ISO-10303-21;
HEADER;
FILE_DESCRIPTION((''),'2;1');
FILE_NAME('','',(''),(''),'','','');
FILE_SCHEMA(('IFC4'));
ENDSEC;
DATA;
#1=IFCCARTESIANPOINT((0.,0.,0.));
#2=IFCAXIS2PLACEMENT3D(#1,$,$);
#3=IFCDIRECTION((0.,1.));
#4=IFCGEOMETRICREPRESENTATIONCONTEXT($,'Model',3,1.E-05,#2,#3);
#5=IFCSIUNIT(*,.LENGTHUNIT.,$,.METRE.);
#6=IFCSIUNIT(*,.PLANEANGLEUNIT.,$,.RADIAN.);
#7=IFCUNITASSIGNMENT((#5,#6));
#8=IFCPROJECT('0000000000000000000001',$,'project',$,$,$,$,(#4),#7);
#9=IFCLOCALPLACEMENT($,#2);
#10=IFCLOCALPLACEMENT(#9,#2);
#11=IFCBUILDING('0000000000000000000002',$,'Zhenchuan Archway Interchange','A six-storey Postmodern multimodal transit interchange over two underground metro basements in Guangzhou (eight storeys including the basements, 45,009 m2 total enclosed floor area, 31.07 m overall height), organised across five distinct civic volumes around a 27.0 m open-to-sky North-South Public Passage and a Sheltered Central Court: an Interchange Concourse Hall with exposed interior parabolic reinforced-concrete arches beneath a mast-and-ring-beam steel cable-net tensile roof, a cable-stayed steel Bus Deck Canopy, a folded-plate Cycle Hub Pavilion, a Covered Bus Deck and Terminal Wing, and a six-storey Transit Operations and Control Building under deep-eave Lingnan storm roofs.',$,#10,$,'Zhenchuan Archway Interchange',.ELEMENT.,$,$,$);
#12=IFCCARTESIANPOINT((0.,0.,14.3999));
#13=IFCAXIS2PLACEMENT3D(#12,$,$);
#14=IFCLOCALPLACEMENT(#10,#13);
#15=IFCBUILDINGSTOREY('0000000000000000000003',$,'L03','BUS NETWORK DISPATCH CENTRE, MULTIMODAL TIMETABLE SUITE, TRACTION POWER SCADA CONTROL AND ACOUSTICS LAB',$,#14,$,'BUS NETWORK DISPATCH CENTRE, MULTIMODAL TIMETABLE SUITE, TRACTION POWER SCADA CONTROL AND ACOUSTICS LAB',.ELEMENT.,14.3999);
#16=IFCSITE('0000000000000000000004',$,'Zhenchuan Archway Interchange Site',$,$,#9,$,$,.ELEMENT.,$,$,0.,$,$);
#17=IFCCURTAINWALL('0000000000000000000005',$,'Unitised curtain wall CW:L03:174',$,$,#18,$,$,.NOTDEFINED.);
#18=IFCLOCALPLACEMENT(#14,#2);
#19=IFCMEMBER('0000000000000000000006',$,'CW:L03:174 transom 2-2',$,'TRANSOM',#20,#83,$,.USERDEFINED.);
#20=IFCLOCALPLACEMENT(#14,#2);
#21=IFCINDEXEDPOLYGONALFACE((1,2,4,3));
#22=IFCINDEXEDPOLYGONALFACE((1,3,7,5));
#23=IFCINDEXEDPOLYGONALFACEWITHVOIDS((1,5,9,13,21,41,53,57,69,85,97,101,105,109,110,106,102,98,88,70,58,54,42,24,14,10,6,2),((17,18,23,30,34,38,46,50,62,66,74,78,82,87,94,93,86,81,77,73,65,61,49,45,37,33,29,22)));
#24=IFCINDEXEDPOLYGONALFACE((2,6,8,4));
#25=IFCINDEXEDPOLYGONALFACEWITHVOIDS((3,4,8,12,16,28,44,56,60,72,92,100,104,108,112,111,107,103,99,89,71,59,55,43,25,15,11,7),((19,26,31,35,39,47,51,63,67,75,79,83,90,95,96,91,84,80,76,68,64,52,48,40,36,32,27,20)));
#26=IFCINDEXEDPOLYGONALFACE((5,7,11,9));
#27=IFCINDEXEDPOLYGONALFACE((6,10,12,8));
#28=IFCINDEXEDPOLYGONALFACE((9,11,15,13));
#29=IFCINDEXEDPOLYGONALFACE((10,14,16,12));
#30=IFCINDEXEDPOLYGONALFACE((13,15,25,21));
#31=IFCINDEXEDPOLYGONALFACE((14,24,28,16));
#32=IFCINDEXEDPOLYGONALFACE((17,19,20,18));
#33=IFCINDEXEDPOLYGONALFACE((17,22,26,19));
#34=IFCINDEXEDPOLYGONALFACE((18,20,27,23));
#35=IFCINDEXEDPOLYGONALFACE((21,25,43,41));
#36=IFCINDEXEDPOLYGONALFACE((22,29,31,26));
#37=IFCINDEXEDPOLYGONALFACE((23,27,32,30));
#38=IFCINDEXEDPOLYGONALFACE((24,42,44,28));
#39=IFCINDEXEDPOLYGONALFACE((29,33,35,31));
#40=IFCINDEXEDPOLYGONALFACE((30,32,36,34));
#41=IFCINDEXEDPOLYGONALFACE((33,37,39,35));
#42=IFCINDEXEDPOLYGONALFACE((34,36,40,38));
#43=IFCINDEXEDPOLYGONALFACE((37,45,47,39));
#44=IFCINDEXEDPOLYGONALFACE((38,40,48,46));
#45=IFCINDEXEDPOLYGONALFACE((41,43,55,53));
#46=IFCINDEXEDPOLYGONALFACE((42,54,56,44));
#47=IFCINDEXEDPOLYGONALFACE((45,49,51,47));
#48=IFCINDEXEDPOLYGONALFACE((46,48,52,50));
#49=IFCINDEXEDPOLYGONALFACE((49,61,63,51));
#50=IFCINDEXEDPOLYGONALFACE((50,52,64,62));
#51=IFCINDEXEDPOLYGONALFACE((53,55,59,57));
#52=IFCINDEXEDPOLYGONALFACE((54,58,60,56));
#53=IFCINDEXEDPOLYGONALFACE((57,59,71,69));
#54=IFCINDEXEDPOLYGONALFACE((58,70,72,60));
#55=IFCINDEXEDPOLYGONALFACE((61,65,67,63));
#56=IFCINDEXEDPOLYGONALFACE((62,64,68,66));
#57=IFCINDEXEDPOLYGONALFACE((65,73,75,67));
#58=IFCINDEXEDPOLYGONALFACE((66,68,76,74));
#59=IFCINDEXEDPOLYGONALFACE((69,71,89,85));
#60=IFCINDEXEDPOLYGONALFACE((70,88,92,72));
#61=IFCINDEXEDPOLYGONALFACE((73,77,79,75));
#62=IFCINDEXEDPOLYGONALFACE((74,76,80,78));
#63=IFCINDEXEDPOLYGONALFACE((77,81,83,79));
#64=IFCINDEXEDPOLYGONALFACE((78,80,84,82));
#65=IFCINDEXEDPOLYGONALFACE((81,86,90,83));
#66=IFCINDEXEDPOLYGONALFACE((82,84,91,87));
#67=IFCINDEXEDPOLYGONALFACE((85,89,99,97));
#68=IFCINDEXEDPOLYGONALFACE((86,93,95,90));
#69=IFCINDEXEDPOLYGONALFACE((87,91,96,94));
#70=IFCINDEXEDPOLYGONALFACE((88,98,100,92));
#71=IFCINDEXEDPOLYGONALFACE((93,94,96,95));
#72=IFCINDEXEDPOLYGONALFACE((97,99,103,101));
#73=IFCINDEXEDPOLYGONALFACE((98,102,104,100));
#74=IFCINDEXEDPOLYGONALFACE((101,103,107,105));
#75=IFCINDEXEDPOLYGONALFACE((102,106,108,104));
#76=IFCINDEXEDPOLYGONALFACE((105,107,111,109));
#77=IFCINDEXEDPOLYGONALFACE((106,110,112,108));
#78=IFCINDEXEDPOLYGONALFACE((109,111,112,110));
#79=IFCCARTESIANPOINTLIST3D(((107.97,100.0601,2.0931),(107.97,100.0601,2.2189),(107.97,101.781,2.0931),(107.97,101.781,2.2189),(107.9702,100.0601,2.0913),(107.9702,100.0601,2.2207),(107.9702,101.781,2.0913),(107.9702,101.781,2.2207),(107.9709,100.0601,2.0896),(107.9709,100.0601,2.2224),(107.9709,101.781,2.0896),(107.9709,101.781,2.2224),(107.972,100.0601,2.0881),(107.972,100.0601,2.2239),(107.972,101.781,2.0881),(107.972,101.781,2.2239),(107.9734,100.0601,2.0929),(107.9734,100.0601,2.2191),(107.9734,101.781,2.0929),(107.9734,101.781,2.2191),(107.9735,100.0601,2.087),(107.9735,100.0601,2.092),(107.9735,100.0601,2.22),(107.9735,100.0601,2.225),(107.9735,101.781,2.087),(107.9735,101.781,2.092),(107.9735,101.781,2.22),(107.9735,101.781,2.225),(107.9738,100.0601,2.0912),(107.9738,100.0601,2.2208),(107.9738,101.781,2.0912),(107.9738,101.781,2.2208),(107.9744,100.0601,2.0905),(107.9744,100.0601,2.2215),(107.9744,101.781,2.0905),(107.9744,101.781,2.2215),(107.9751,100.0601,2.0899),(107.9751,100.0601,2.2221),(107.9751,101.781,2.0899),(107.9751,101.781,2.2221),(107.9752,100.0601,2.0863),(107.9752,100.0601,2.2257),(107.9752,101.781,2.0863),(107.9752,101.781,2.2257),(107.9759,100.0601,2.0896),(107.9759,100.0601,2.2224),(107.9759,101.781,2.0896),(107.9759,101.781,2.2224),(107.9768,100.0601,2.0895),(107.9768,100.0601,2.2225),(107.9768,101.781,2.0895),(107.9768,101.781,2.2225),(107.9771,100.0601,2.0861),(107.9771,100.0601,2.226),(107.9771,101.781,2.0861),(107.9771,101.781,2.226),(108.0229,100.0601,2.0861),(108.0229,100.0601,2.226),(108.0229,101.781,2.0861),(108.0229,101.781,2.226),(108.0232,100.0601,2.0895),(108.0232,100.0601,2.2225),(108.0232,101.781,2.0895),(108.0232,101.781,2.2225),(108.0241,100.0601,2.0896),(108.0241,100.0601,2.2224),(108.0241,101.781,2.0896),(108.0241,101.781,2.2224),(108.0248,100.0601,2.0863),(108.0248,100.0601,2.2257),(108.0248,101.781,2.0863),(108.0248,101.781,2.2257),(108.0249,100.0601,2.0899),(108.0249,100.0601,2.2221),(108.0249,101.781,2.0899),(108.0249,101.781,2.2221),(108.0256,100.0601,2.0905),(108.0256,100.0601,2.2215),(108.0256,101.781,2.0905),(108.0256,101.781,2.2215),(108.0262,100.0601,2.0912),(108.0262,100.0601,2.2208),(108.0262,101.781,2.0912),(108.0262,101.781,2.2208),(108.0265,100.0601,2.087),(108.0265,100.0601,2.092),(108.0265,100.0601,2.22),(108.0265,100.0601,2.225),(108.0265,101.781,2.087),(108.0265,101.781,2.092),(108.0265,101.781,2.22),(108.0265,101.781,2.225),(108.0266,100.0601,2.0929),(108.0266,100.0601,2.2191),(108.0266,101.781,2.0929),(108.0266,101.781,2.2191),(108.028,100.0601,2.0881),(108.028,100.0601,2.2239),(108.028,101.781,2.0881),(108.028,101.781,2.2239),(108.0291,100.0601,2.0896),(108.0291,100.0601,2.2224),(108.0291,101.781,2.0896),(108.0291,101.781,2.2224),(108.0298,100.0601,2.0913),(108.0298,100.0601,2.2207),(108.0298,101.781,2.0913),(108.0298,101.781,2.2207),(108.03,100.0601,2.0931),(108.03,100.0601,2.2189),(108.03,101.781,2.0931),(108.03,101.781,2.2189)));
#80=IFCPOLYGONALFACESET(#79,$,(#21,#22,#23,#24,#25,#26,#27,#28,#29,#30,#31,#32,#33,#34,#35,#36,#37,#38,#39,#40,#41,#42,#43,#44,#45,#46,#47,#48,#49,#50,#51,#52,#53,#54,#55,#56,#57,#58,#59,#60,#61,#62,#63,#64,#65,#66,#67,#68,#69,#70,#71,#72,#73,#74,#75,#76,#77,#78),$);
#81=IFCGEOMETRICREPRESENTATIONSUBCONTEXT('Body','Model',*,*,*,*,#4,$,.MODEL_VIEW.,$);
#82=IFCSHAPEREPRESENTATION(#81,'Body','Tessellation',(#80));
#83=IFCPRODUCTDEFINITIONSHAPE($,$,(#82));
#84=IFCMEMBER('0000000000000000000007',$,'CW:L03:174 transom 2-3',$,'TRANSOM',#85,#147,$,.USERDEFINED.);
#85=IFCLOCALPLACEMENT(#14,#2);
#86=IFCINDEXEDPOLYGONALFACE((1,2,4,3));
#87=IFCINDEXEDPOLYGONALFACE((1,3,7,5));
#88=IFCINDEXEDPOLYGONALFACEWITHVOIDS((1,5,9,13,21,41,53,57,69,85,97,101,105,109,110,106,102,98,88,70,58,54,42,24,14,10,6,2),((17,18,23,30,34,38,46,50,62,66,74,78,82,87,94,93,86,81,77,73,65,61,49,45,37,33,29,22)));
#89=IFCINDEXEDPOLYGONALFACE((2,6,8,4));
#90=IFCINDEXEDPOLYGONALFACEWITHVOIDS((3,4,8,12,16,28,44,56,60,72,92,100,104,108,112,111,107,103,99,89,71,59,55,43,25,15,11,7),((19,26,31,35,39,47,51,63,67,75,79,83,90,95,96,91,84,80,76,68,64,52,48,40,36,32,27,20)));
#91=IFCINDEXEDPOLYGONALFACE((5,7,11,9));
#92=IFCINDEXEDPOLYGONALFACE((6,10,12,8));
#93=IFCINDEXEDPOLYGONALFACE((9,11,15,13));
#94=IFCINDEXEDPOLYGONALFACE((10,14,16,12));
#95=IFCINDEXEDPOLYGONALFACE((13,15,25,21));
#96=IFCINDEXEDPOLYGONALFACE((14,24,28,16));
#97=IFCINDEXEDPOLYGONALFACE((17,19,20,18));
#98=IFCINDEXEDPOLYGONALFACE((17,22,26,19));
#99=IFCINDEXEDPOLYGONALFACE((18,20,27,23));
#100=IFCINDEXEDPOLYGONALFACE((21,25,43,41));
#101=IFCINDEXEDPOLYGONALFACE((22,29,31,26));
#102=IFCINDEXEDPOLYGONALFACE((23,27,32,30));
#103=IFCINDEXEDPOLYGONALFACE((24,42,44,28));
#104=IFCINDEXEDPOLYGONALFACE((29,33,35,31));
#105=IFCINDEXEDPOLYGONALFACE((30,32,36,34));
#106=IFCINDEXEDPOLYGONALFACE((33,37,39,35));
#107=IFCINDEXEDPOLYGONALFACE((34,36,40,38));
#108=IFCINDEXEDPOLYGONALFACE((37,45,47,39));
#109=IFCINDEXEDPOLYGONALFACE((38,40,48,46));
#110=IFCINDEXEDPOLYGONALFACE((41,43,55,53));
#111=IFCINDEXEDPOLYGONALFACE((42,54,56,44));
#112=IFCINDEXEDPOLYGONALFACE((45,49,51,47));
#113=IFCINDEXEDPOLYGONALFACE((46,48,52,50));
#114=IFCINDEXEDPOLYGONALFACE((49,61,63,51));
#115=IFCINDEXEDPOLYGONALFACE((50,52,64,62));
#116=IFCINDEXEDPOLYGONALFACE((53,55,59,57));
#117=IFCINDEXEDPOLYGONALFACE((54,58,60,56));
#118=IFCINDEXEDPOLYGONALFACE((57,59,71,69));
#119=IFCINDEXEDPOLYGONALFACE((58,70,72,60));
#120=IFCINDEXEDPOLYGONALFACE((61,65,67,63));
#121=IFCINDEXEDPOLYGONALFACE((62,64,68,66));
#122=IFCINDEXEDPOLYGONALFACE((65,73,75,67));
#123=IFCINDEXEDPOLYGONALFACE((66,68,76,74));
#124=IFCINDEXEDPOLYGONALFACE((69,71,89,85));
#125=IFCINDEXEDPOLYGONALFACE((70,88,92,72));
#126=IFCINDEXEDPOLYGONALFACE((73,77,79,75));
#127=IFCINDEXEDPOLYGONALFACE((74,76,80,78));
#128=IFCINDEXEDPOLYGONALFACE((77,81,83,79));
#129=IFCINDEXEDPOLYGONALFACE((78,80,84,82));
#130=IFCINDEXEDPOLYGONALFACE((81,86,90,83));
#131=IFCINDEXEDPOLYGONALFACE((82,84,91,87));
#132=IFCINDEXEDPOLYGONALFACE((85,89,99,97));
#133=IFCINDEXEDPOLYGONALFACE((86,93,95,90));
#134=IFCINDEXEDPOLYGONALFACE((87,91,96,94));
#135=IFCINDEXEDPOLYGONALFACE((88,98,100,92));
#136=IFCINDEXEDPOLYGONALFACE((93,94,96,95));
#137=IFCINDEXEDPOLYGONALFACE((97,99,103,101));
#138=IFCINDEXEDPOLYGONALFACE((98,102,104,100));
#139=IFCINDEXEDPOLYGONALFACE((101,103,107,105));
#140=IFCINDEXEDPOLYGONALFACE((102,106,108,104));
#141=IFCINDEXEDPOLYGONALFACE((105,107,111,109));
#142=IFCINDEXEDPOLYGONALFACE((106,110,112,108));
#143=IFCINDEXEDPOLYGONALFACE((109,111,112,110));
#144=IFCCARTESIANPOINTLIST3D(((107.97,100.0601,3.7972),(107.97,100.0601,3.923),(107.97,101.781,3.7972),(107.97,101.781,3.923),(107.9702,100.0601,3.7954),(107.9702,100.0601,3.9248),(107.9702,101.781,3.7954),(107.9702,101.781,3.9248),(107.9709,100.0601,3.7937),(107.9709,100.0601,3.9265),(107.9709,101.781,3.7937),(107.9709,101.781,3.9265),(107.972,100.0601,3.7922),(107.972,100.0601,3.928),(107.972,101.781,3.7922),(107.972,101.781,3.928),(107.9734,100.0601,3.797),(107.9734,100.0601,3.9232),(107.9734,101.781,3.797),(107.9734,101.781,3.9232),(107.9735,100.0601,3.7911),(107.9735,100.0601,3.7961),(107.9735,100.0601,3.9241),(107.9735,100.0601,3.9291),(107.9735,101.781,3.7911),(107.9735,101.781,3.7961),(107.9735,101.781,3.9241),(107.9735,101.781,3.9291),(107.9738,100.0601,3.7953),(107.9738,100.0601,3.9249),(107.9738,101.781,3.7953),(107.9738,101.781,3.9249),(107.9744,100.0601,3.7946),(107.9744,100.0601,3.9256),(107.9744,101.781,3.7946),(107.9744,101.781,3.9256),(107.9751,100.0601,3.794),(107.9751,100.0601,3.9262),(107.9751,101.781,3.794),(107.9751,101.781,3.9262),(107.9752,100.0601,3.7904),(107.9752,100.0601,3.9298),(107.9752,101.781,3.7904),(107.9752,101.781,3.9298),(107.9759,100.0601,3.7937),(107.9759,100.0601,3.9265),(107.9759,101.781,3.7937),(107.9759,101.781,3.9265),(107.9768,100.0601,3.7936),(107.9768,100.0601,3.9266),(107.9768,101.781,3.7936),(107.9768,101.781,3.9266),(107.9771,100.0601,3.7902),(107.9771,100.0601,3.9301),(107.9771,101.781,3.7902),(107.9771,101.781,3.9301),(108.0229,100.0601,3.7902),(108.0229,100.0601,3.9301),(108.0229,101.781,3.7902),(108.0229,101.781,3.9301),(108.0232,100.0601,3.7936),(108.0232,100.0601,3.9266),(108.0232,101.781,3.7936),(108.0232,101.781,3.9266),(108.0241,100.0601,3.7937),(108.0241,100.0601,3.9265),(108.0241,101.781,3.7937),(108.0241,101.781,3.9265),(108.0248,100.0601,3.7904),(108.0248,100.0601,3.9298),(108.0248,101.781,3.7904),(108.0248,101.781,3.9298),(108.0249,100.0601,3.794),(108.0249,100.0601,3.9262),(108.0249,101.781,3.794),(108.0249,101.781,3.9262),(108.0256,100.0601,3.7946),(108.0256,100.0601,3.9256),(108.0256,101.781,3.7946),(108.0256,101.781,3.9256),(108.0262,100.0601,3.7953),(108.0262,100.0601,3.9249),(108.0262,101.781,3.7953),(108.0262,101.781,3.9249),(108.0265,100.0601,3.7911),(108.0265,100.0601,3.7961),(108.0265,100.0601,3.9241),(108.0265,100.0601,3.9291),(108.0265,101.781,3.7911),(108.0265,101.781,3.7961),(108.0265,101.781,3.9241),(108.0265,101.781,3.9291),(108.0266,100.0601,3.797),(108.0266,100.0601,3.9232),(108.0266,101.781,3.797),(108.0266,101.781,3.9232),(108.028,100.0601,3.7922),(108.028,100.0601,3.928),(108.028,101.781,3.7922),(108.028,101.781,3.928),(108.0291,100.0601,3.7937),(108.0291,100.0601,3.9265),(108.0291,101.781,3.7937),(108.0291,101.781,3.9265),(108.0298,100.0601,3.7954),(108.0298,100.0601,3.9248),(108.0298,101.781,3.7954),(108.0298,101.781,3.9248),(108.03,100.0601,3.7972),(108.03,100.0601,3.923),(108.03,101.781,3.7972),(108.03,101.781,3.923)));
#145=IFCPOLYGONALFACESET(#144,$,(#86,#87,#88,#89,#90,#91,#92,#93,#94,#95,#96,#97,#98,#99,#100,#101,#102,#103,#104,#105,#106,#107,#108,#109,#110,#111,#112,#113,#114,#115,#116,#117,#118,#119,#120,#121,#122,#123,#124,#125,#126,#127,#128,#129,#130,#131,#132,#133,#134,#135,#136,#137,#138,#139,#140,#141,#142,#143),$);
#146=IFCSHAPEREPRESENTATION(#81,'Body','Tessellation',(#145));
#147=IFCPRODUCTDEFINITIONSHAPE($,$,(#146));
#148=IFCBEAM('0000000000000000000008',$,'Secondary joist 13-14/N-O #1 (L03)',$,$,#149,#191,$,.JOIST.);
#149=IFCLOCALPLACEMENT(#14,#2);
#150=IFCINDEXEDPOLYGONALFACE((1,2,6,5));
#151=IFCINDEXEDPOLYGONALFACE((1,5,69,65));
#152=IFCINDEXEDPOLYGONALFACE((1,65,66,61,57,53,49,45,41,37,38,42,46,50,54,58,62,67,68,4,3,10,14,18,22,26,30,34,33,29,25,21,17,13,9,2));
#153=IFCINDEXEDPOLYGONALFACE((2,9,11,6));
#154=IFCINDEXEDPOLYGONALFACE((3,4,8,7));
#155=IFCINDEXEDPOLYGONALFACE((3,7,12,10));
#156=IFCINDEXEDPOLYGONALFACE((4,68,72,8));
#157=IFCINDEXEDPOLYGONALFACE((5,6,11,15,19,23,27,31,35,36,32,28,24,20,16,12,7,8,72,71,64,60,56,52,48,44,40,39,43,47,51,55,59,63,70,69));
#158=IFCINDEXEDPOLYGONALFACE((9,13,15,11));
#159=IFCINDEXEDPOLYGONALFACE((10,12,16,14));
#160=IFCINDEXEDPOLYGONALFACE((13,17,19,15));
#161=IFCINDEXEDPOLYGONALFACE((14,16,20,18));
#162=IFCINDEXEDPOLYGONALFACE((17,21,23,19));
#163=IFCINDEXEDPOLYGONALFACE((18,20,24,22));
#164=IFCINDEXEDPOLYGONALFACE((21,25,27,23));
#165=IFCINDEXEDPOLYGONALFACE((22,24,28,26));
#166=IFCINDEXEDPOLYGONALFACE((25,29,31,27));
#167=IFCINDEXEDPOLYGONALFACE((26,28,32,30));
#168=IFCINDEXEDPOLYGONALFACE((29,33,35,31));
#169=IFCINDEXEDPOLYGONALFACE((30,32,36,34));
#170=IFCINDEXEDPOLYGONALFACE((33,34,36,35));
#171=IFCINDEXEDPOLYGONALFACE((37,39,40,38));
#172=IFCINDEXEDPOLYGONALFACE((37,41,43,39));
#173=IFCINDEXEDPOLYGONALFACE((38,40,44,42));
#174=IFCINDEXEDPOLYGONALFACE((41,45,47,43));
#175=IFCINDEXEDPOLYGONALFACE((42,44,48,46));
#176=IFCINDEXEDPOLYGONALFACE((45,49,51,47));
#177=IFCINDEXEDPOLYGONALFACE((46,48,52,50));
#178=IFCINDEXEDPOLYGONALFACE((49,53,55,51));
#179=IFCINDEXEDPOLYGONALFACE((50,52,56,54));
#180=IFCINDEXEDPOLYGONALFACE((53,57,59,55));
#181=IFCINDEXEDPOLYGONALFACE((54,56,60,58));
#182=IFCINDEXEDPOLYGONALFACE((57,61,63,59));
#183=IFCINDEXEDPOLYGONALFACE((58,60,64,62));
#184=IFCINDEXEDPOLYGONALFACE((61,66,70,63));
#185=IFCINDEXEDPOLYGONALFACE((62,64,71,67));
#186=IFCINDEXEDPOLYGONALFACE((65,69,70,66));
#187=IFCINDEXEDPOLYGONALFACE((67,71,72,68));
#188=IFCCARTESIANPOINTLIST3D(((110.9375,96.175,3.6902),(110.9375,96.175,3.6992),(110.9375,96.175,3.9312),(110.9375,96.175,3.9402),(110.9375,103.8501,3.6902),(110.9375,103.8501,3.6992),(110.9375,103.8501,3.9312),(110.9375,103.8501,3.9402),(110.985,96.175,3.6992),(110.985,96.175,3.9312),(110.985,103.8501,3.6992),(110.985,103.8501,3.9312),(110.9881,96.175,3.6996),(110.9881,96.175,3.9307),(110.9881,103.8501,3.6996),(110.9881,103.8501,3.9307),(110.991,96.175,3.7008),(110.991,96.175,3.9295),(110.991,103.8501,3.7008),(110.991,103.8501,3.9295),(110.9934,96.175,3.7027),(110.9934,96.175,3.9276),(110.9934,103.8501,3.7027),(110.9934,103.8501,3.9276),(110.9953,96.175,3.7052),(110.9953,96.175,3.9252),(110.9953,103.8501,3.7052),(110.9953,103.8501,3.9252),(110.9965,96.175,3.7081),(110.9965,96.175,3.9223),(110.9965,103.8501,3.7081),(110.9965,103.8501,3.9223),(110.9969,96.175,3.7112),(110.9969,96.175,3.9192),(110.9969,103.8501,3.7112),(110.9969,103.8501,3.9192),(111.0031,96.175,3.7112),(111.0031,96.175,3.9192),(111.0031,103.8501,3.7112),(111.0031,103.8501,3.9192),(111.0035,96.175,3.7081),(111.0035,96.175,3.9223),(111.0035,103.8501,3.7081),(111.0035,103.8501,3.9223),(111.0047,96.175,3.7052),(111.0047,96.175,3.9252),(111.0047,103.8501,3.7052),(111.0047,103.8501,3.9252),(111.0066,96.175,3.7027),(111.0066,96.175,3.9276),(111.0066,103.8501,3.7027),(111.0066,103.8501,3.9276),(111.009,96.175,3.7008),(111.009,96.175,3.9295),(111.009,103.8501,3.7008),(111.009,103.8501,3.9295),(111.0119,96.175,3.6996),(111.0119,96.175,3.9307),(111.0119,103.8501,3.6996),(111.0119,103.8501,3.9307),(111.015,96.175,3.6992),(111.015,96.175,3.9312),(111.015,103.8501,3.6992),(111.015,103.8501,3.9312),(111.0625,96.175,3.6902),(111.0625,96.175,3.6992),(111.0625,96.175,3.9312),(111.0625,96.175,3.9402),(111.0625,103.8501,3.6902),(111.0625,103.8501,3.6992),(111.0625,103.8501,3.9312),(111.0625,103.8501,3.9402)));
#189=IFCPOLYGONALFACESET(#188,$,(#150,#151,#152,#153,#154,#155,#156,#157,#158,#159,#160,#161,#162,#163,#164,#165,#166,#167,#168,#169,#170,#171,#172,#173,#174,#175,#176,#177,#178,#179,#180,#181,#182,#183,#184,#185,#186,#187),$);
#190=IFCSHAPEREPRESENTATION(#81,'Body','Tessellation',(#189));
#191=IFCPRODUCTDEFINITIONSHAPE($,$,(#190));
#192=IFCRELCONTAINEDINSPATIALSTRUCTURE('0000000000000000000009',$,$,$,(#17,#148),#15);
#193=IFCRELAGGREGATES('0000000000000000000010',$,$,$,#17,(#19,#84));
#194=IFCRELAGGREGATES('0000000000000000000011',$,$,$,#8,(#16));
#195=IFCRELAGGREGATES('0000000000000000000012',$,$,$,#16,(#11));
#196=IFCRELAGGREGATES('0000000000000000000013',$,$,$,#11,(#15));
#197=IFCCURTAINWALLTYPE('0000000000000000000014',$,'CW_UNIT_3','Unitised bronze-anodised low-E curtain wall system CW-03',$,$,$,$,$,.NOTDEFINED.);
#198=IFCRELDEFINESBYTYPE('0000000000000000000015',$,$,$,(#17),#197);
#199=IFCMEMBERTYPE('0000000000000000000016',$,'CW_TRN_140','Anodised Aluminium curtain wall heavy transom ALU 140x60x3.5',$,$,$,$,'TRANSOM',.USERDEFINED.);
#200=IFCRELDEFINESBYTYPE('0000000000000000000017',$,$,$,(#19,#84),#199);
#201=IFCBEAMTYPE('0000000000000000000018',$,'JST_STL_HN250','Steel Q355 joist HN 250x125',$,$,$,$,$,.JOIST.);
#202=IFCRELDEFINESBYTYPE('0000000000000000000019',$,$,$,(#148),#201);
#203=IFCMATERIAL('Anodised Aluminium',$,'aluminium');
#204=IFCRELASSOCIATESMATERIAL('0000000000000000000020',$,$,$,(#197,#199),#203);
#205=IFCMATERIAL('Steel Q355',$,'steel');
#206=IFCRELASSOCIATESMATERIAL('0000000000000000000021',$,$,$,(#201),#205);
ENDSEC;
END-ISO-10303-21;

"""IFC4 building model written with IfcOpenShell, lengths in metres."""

from ifc_helpers import new_model, si_unit, direction, frame, origin, origin_2d, place, context, subcontext, project, spatial, hollow_rectangle, i_section, extrude, material, material_profile, profile_set, type_object, element, aggregate, save


model = new_model("IFC4")

# Units and contexts
model_context = context("Model", 3, precision=1e-05, world=origin(), true_north=direction((0.0, 1.0)))
body_context = subcontext(model_context, "Body", "Model", "MODEL_VIEW")
ifc_project = project(units=[si_unit("LENGTHUNIT", "METRE"), si_unit("PLANEANGLEUNIT", "RADIAN")], contexts=[model_context])

# Site, building, storey
site_placement = place(None, origin())
site = spatial("IfcSite", under=ifc_project, at=site_placement, Name="Zhenchuan Archway Interchange Site", CompositionType="ELEMENT", RefElevation=0.0)
building_placement = place(site_placement, origin())
building = spatial("IfcBuilding", under=site, at=building_placement, Name="Zhenchuan Archway Interchange", Description="A six-storey Postmodern multimodal transit interchange over two underground metro basements in Guangzhou (eight storeys including the basements, 45,009 m2 total enclosed floor area, 31.07 m overall height), organised across five distinct civic volumes around a 27.0 m open-to-sky North-South Public Passage and a Sheltered Central Court: an Interchange Concourse Hall with exposed interior parabolic reinforced-concrete arches beneath a mast-and-ring-beam steel cable-net tensile roof, a cable-stayed steel Bus Deck Canopy, a folded-plate Cycle Hub Pavilion, a Covered Bus Deck and Terminal Wing, and a six-storey Transit Operations and Control Building under deep-eave Lingnan storm roofs.", LongName="Zhenchuan Archway Interchange", CompositionType="ELEMENT")
storey_placement = place(building_placement, frame((0.0, 0.0, 14.3999)))
storey = spatial("IfcBuildingStorey", under=building, at=storey_placement, Name="L03", Description="BUS NETWORK DISPATCH CENTRE, MULTIMODAL TIMETABLE SUITE, TRACTION POWER SCADA CONTROL AND ACOUSTICS LAB", LongName="BUS NETWORK DISPATCH CENTRE, MULTIMODAL TIMETABLE SUITE, TRACTION POWER SCADA CONTROL AND ACOUSTICS LAB", CompositionType="ELEMENT", Elevation=14.3999)

# Curtain wall, members
ifc_material_1 = material(Name="Anodised Aluminium", Category="aluminium")
curtain_wall_type = type_object("IfcCurtainWallType", Name="CW_UNIT_3", Description="Unitised bronze-anodised low-E curtain wall system CW-03", PredefinedType="NOTDEFINED", material=ifc_material_1)
curtain_wall_placement = place(storey_placement, origin())
curtain_wall = element("IfcCurtainWall", 1, at=curtain_wall_placement, inside=storey, type_object=curtain_wall_type, Name="Unitised curtain wall CW:L03:174", PredefinedType="NOTDEFINED")
ifc_material_profile_1 = material_profile(ifc_material_1, hollow_rectangle(XDim=0.0601, YDim=0.1399, WallThickness=0.0034, InnerFilletRadius=0.0034, OuterFilletRadius=0.0071, at=origin_2d()), Name="ALU 140x60x3.5")
ifc_profile_set_1 = profile_set([ifc_material_profile_1], Name="Anodised Aluminium")
member_type_1 = type_object("IfcMemberType", Name="CW_TRN_140", Description="Anodised Aluminium curtain wall heavy transom ALU 140x60x3.5", ElementType="TRANSOM", PredefinedType="USERDEFINED", material=ifc_profile_set_1)
member_1_placement = place(storey_placement, frame((108.0, 100.0601, 2.156), z_axis=(0.0, 1.0, 0.0), x_axis=(-1.0, 0.0, 0.0)))
member_1 = element("IfcMember", 2, at=member_1_placement, type_object=member_type_1, Name="CW:L03:174 transom 2-2", ObjectType="TRANSOM", PredefinedType="USERDEFINED", context=body_context, shape_type="SweptSolid", body=[
    extrude(hollow_rectangle(XDim=0.0601, YDim=0.1399, WallThickness=0.0034, InnerFilletRadius=0.0034, OuterFilletRadius=0.0071, at=origin_2d()), origin(), (0.0, 0.0, 1.0), 1.7209),
])
member_2_placement = place(storey_placement, frame((108.0, 100.0601, 3.8601), z_axis=(0.0, 1.0, 0.0), x_axis=(-1.0, 0.0, 0.0)))
member_2 = element("IfcMember", 3, at=member_2_placement, type_object=member_type_1, Name="CW:L03:174 transom 2-3", ObjectType="TRANSOM", PredefinedType="USERDEFINED", context=body_context, shape_type="SweptSolid", body=[
    extrude(hollow_rectangle(XDim=0.0601, YDim=0.1399, WallThickness=0.0034, InnerFilletRadius=0.0034, OuterFilletRadius=0.0071, at=origin_2d()), origin(), (0.0, 0.0, 1.0), 1.7209),
])

# Beam
ifc_material_2 = material(Name="Steel Q355", Category="steel")
ifc_material_profile_2 = material_profile(ifc_material_2, i_section(OverallWidth=0.125, OverallDepth=0.25, WebThickness=0.0061, FlangeThickness=0.009, FilletRadius=0.012, at=origin_2d()), Name="HN 250x125")
ifc_profile_set_2 = profile_set([ifc_material_profile_2], Name="Steel Q355")
beam_type_1 = type_object("IfcBeamType", Name="JST_STL_HN250", Description="Steel Q355 joist HN 250x125", PredefinedType="JOIST", material=ifc_profile_set_2)
for number, where, z_axis, x_axis, name in (
    (4, (111.0, 96.175, 3.8152), (0.0, 1.0, 0.0), (-1.0, 0.0, 0.0), "Secondary joist 13-14/N-O #1 (L03)"),
):
    element("IfcBeam", number, at=place(storey_placement, frame(where, z_axis=z_axis, x_axis=x_axis)), inside=storey, type_object=beam_type_1, Name=name, PredefinedType="JOIST", context=body_context, shape_type="SweptSolid", body=[
        extrude(i_section(OverallWidth=0.125, OverallDepth=0.25, WebThickness=0.0061, FlangeThickness=0.009, FilletRadius=0.012, at=origin_2d()), origin(), (0.0, 0.0, 1.0), 7.675),
    ])

aggregate(curtain_wall, [member_1, member_2])

save(model, "model.ifc")
